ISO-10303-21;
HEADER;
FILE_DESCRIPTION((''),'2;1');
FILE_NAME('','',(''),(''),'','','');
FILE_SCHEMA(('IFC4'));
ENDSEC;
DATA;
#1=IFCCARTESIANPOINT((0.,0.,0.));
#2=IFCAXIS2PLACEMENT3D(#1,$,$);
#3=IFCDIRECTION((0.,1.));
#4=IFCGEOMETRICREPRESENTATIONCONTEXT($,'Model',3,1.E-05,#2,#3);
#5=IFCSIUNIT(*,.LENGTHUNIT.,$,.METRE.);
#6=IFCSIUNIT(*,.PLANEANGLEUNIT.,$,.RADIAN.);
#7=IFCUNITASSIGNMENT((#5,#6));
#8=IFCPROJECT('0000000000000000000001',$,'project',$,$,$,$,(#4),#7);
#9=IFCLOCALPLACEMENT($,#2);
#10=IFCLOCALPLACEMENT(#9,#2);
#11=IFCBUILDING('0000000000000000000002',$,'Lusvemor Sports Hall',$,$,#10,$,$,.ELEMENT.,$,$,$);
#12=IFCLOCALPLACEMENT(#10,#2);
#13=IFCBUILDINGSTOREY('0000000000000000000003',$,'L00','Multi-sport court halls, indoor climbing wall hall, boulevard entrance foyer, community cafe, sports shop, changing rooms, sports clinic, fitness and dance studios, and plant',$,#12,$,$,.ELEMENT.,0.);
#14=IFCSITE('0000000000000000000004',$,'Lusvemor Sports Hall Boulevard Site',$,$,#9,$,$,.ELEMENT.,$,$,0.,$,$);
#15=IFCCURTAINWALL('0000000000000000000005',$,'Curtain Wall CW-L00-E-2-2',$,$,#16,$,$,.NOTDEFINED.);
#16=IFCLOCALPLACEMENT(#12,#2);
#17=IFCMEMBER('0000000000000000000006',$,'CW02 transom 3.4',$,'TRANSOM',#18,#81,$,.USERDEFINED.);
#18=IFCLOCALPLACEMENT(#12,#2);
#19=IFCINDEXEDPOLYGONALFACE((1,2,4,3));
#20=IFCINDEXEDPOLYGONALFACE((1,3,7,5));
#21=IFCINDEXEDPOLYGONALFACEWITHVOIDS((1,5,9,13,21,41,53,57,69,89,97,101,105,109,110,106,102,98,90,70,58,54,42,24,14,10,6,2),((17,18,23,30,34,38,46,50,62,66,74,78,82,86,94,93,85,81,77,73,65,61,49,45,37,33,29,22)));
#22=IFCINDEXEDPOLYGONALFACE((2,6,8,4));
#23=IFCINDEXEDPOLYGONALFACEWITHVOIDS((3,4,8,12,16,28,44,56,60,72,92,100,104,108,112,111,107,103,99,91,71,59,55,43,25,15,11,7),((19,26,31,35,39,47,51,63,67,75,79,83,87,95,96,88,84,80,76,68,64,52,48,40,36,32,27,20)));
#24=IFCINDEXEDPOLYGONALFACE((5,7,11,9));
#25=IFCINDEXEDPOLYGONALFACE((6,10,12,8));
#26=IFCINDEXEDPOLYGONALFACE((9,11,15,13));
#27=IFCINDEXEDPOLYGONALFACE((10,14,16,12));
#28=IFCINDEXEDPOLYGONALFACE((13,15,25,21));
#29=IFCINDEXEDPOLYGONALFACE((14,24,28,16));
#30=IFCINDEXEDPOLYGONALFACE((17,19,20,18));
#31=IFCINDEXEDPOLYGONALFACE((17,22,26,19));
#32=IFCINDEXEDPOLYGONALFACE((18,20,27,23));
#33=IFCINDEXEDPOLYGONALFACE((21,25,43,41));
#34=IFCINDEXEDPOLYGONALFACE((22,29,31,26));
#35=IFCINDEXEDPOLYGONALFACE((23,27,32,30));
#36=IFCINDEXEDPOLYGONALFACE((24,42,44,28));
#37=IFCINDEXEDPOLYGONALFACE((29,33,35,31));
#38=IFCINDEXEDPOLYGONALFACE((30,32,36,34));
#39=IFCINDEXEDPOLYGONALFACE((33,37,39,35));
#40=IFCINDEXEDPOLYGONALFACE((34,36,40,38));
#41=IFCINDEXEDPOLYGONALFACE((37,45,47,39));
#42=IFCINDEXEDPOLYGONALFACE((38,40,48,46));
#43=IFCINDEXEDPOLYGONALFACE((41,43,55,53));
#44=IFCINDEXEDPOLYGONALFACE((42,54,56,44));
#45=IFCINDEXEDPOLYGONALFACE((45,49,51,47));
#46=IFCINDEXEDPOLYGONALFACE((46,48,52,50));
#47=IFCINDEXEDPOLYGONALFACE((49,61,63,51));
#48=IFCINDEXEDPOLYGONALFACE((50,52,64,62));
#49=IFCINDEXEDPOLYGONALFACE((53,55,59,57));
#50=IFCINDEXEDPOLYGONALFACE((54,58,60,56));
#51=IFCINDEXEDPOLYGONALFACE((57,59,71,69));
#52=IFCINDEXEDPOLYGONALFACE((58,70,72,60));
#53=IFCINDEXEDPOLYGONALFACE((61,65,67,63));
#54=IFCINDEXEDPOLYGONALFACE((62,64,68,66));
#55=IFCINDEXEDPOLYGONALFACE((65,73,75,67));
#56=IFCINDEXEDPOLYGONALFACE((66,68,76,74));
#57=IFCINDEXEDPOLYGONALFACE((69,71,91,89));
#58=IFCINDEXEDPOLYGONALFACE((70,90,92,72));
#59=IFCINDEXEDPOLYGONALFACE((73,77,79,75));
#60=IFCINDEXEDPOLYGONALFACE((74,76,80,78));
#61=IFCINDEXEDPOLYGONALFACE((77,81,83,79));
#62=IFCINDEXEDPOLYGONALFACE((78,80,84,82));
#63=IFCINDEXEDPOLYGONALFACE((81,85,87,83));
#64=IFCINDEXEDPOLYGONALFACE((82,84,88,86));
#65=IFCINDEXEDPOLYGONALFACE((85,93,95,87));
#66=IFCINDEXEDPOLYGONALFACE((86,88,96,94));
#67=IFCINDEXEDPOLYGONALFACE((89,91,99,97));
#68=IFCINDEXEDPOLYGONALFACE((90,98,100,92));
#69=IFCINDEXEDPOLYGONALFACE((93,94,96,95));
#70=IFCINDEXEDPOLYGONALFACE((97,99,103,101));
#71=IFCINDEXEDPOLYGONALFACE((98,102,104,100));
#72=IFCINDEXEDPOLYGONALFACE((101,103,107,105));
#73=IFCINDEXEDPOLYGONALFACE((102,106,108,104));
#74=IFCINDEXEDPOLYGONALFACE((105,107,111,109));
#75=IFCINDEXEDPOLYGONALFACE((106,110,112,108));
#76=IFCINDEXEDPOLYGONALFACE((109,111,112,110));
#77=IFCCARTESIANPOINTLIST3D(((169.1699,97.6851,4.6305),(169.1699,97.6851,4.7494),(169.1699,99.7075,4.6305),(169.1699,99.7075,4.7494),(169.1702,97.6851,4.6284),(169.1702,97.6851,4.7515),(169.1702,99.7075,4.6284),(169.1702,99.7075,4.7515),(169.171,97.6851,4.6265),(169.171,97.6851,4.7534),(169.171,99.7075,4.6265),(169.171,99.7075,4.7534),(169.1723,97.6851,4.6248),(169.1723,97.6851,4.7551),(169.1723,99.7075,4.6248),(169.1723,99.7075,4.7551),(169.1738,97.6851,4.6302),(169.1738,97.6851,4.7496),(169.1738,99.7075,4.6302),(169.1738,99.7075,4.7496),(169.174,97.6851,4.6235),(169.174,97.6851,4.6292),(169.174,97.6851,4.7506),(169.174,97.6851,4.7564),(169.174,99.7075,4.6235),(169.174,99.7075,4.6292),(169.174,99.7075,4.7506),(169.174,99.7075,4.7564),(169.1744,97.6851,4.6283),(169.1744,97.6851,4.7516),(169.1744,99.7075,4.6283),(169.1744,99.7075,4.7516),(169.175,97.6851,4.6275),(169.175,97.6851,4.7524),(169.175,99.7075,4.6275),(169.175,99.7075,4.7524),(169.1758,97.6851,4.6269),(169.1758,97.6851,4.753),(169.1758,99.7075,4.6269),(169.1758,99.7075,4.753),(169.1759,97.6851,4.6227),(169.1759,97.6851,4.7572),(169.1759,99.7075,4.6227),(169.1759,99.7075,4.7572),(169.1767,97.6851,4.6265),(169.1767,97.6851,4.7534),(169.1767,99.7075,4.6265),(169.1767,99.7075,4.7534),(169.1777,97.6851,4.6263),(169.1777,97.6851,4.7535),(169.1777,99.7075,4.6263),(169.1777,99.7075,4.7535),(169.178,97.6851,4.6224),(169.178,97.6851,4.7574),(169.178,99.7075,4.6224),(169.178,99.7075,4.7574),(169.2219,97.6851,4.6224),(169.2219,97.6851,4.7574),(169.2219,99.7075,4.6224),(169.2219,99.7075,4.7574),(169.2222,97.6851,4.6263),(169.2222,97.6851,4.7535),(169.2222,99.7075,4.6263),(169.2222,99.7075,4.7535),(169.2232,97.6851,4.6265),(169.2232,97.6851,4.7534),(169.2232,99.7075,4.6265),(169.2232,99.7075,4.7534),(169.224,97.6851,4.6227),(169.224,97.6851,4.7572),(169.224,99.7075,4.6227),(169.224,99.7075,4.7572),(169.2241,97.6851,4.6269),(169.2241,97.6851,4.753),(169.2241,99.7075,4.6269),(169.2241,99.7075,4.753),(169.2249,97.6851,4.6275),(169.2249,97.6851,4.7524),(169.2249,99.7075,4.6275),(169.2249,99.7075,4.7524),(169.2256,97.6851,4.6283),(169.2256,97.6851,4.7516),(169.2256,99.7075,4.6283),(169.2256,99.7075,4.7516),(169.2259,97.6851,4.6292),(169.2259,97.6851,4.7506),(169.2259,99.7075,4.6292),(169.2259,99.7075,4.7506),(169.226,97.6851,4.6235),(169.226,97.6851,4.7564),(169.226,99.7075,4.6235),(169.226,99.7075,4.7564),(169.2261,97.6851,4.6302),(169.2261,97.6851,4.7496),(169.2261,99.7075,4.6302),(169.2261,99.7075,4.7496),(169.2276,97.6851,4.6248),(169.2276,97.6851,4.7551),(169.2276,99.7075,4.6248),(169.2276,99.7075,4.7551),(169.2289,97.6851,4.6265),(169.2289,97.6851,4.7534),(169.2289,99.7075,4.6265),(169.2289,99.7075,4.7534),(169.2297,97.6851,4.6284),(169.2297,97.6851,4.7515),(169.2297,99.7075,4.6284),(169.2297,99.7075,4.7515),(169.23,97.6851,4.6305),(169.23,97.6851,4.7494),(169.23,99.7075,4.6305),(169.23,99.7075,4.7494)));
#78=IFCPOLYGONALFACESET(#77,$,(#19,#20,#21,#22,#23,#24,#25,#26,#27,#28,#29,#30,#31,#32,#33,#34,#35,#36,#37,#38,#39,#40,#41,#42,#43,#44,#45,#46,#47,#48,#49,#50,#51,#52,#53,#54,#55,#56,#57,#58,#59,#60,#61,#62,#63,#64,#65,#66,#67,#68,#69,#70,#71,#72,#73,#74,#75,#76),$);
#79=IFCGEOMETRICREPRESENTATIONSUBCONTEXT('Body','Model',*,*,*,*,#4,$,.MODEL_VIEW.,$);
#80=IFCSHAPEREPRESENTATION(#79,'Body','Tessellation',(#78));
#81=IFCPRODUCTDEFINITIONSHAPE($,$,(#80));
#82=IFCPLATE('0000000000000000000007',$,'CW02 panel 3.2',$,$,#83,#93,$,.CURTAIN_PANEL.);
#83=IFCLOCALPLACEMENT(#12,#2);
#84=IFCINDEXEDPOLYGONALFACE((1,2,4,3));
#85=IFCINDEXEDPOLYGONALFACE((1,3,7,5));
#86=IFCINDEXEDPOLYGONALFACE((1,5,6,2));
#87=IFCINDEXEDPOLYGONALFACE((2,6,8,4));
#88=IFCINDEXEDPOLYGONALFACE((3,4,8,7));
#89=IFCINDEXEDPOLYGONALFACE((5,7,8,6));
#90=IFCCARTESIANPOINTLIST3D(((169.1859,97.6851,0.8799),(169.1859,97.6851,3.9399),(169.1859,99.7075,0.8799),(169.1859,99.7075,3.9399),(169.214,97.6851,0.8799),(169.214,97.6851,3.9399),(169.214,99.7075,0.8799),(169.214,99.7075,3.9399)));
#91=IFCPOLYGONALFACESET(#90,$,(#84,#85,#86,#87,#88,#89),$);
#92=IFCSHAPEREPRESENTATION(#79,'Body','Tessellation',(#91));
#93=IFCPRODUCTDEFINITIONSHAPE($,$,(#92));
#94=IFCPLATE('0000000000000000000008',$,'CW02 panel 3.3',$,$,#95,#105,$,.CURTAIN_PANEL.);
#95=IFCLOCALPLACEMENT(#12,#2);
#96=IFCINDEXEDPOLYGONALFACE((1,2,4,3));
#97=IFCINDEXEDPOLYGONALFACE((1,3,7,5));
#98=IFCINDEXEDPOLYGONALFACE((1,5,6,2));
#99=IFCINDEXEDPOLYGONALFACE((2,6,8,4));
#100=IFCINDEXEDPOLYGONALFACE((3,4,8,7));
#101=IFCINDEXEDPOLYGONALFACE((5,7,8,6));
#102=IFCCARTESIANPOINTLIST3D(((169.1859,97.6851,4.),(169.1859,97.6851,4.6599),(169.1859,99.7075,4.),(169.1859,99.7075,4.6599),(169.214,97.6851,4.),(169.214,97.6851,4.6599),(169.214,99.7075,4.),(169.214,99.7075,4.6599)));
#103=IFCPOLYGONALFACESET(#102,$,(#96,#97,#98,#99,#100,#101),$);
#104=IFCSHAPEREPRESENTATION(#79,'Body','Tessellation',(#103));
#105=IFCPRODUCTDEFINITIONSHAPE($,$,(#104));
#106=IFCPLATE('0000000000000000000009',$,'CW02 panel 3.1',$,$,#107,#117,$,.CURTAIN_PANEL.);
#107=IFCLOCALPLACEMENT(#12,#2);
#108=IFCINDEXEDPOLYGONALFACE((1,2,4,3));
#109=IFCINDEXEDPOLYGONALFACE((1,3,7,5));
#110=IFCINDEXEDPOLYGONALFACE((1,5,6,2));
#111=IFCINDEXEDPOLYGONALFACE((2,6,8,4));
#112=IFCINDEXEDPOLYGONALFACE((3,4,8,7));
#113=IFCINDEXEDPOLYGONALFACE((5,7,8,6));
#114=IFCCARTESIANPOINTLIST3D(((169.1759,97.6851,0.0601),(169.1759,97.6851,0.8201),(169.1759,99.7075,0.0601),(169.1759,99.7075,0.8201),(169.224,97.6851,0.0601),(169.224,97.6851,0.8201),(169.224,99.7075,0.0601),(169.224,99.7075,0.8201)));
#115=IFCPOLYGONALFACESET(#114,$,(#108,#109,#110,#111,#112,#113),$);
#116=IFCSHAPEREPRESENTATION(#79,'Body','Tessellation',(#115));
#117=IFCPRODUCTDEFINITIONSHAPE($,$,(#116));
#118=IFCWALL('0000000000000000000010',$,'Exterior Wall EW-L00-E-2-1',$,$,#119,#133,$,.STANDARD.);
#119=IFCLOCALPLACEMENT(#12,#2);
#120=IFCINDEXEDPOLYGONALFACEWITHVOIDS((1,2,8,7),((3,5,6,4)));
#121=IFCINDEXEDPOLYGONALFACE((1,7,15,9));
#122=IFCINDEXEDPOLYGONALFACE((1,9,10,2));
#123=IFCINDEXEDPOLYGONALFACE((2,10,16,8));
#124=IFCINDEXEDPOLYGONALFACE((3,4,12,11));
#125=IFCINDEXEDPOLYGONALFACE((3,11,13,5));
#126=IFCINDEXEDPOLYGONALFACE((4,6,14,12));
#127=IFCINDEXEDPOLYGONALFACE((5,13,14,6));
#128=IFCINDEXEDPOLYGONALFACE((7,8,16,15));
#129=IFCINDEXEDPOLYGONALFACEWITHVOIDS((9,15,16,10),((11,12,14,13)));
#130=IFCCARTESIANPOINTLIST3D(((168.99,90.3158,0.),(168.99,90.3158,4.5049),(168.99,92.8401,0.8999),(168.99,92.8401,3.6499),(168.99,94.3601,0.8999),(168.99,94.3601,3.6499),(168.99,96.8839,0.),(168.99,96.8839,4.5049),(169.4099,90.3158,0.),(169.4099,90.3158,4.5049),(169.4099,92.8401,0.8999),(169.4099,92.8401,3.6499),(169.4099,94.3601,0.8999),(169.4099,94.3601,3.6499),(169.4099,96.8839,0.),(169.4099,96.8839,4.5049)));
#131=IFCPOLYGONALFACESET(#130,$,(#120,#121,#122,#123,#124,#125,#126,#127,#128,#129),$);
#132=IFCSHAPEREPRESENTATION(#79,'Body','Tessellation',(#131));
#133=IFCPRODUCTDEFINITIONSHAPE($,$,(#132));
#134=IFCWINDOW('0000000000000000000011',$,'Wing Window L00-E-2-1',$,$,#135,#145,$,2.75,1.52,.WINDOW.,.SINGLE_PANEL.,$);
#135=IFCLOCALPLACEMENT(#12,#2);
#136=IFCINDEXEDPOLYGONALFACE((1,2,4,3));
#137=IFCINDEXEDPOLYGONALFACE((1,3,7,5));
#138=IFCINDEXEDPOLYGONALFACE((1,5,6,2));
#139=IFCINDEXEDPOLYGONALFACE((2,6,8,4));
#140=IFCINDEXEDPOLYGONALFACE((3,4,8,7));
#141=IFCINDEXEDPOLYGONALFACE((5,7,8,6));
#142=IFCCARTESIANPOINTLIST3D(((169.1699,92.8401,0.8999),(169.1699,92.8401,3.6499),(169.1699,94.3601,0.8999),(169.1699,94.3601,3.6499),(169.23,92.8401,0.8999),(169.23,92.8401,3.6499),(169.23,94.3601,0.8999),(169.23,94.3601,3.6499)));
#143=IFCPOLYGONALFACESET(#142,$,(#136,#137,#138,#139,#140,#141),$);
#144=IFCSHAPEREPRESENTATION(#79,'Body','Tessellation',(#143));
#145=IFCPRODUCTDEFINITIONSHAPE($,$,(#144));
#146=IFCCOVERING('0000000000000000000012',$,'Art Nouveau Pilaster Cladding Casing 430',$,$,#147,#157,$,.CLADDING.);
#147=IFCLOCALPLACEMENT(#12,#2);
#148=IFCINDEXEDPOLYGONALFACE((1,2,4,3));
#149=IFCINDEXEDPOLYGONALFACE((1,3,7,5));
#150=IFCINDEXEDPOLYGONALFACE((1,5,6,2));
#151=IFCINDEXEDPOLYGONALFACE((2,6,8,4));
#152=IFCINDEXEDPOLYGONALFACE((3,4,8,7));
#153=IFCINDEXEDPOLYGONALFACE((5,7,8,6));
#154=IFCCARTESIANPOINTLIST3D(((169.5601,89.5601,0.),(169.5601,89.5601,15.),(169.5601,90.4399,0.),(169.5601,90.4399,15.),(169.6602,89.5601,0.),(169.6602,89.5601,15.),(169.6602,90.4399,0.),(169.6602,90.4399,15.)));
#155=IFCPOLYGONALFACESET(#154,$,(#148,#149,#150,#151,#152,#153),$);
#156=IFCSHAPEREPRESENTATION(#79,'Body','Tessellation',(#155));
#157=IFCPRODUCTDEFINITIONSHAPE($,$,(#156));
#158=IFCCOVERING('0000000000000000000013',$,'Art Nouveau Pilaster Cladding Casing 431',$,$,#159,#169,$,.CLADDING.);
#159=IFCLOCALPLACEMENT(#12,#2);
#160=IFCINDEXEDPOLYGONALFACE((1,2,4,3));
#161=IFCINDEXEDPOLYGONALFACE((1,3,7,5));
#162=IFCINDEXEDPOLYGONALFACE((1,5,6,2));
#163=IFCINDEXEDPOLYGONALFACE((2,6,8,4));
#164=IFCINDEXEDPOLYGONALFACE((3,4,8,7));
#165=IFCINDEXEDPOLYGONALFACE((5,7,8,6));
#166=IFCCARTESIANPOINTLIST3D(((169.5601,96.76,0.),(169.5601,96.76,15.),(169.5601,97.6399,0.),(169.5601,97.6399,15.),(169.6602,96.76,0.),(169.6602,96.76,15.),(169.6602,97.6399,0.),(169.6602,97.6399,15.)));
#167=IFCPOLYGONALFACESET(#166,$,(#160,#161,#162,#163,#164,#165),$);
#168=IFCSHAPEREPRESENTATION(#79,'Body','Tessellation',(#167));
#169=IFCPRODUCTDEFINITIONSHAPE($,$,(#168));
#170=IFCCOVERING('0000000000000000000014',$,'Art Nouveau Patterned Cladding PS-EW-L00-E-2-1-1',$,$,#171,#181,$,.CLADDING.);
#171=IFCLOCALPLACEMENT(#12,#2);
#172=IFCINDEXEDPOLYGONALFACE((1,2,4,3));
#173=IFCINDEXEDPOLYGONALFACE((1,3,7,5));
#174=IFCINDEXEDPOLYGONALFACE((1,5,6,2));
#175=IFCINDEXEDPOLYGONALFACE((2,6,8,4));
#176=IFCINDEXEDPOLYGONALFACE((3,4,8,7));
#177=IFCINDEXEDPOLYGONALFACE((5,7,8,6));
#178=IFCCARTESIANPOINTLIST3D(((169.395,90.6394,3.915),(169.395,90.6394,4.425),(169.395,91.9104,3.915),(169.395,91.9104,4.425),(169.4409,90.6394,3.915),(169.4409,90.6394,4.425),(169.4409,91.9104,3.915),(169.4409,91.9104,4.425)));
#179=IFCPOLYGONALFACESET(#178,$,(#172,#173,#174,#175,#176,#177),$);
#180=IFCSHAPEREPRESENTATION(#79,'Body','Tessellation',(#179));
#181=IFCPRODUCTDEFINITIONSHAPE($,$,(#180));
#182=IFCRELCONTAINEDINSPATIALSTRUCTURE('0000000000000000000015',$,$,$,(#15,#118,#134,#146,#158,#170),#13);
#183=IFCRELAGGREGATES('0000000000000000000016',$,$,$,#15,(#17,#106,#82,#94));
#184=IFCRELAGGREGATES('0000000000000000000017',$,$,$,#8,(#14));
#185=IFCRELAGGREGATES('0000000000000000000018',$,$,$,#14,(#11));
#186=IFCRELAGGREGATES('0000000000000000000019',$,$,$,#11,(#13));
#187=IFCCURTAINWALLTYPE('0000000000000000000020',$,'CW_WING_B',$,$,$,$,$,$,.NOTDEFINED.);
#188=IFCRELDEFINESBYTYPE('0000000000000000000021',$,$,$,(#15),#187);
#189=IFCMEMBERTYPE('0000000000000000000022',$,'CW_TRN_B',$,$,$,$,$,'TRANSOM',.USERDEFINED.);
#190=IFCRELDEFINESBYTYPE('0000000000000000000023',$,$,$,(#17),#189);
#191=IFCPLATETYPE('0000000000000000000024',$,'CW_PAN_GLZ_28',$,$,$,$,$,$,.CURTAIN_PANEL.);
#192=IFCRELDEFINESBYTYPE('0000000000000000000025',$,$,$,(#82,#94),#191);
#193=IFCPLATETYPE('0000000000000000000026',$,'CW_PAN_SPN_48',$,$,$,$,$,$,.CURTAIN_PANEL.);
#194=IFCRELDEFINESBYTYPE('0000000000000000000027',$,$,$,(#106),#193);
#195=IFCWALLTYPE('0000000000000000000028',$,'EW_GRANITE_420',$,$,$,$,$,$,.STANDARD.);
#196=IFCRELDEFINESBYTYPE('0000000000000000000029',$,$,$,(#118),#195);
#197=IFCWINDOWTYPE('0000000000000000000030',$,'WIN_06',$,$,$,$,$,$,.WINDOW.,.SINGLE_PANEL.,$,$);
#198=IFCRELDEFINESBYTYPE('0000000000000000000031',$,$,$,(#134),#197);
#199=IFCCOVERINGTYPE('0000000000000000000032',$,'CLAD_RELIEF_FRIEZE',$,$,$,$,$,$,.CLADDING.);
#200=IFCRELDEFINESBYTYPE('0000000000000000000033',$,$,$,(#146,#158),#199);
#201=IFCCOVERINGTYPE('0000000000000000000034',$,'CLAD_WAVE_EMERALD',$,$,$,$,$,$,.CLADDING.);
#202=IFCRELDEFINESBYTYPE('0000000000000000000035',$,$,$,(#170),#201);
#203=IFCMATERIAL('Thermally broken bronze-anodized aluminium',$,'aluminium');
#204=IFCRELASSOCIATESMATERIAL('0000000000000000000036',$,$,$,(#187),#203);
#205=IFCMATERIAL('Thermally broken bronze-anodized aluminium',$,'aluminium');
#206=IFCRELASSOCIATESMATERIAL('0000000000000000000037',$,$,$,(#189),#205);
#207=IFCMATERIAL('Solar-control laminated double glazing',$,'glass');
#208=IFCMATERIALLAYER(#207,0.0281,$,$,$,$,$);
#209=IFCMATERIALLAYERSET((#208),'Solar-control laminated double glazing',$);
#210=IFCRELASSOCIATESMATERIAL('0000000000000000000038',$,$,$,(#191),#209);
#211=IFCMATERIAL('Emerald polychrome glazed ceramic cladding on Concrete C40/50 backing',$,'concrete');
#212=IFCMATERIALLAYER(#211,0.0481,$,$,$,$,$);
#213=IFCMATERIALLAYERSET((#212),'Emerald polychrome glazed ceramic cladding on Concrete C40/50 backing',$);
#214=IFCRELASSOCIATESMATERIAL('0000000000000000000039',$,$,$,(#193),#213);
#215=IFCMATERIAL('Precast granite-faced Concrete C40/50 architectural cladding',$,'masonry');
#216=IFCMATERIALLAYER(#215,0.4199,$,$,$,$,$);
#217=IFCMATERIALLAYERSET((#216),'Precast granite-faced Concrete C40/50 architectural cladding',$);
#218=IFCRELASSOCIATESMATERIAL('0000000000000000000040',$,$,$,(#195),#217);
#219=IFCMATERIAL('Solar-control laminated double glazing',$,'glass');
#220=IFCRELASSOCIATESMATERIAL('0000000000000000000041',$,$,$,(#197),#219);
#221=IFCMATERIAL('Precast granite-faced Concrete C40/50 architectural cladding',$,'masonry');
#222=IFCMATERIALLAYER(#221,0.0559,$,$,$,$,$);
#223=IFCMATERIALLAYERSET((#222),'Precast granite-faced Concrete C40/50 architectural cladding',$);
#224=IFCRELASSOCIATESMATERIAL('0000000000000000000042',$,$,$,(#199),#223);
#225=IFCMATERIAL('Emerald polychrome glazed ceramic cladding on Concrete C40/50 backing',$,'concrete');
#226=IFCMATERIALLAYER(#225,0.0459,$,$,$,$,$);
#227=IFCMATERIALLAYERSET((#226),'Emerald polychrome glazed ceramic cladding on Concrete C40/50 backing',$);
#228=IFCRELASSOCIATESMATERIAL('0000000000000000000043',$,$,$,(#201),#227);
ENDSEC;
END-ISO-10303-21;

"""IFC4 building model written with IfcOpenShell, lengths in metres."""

from ifc_helpers import new_model, si_unit, direction, frame, frame_2d, origin, origin_2d, place, context, subcontext, project, spatial, rectangle, hollow_rectangle, extrude, material, layer, layer_set, material_profile, profile_set, type_object, element, fill, aggregate, save


model = new_model("IFC4")

# Units and contexts
model_context = context("Model", 3, precision=1e-05, world=origin(), true_north=direction((0.0, 1.0)))
body_context = subcontext(model_context, "Body", "Model", "MODEL_VIEW")
ifc_project = project(units=[si_unit("LENGTHUNIT", "METRE"), si_unit("PLANEANGLEUNIT", "RADIAN")], contexts=[model_context])

# Site, building, storey
site_placement = place(None, origin())
site = spatial("IfcSite", under=ifc_project, at=site_placement, Name="Lusvemor Sports Hall Boulevard Site", CompositionType="ELEMENT", RefElevation=0.0)
building_placement = place(site_placement, origin())
building = spatial("IfcBuilding", under=site, at=building_placement, Name="Lusvemor Sports Hall", CompositionType="ELEMENT")
storey_placement = place(building_placement, origin())
storey = spatial("IfcBuildingStorey", under=building, at=storey_placement, Name="L00", Description="Multi-sport court halls, indoor climbing wall hall, boulevard entrance foyer, community cafe, sports shop, changing rooms, sports clinic, fitness and dance studios, and plant", CompositionType="ELEMENT", Elevation=0.0)

# Shared definitions
ifc_material_1 = material(Name="Thermally broken bronze-anodized aluminium", Category="aluminium")
curtain_wall_type = type_object("IfcCurtainWallType", Name="CW_WING_B", PredefinedType="NOTDEFINED", material=ifc_material_1)

# Curtain wall, member, plates
curtain_wall_1_placement = place(storey_placement, origin())
curtain_wall_1 = element("IfcCurtainWall", 1, at=curtain_wall_1_placement, inside=storey, type_object=curtain_wall_type, Name="Curtain Wall CW-L00-E-2-2", PredefinedType="NOTDEFINED")
ifc_material_2 = material(Name="Thermally broken bronze-anodized aluminium", Category="aluminium")
ifc_material_profile_1 = material_profile(ifc_material_2, hollow_rectangle(XDim=0.0601, YDim=0.135, WallThickness=0.0039, InnerFilletRadius=0.0039, OuterFilletRadius=0.0081, at=origin_2d()), Name="CWTRN135x60x4")
ifc_profile_set_1 = profile_set([ifc_material_profile_1], Name="Thermally broken bronze-anodized aluminium")
member_type_1 = type_object("IfcMemberType", Name="CW_TRN_B", ElementType="TRANSOM", PredefinedType="USERDEFINED", material=ifc_profile_set_1)
member_1_placement = place(storey_placement, frame((169.2, 99.7075, 4.6899), z_axis=(0.0, -1.0, 0.0), x_axis=(1.0, 0.0, 0.0)))
member_1 = element("IfcMember", 2, at=member_1_placement, type_object=member_type_1, Name="CW02 transom 3.4", ObjectType="TRANSOM", PredefinedType="USERDEFINED", context=body_context, shape_type="SweptSolid", body=[
    extrude(hollow_rectangle(XDim=0.0601, YDim=0.135, WallThickness=0.0039, InnerFilletRadius=0.0039, OuterFilletRadius=0.0081, at=origin_2d()), origin(), (0.0, 0.0, 1.0), 2.0225),
])
ifc_material_3 = material(Name="Solar-control laminated double glazing", Category="glass")
ifc_layer_1 = layer(ifc_material_3, 0.0281)
ifc_layer_set_1 = layer_set([ifc_layer_1], Name="Solar-control laminated double glazing")
plate_type_1 = type_object("IfcPlateType", Name="CW_PAN_GLZ_28", PredefinedType="CURTAIN_PANEL", material=ifc_layer_set_1)
plate_1_placement = place(storey_placement, frame((169.2, 98.6963, 0.8799), z_axis=(0.0, 0.0, 1.0), x_axis=(0.0, -1.0, 0.0)))
plate_1 = element("IfcPlate", 3, at=plate_1_placement, type_object=plate_type_1, Name="CW02 panel 3.2", PredefinedType="CURTAIN_PANEL", context=body_context, shape_type="SweptSolid", body=[
    extrude(rectangle(XDim=2.0225, YDim=0.0281, at=origin_2d()), origin(), (0.0, 0.0, 1.0), 3.0601),
])
plate_2_placement = place(storey_placement, frame((169.2, 98.6963, 4.0), z_axis=(0.0, 0.0, 1.0), x_axis=(0.0, -1.0, 0.0)))
plate_2 = element("IfcPlate", 4, at=plate_2_placement, type_object=plate_type_1, Name="CW02 panel 3.3", PredefinedType="CURTAIN_PANEL", context=body_context, shape_type="SweptSolid", body=[
    extrude(rectangle(XDim=2.0225, YDim=0.0281, at=origin_2d()), origin(), (0.0, 0.0, 1.0), 0.6599),
])
ifc_material_4 = material(Name="Emerald polychrome glazed ceramic cladding on Concrete C40/50 backing", Category="concrete")
ifc_layer_2 = layer(ifc_material_4, 0.0481)
ifc_layer_set_2 = layer_set([ifc_layer_2], Name="Emerald polychrome glazed ceramic cladding on Concrete C40/50 backing")
plate_type_2 = type_object("IfcPlateType", Name="CW_PAN_SPN_48", PredefinedType="CURTAIN_PANEL", material=ifc_layer_set_2)
plate_3_placement = place(storey_placement, frame((169.2, 98.6963, 0.0601), z_axis=(0.0, 0.0, 1.0), x_axis=(0.0, -1.0, 0.0)))
plate_3 = element("IfcPlate", 5, at=plate_3_placement, type_object=plate_type_2, Name="CW02 panel 3.1", PredefinedType="CURTAIN_PANEL", context=body_context, shape_type="SweptSolid", body=[
    extrude(rectangle(XDim=2.0225, YDim=0.0481, at=origin_2d()), origin(), (0.0, 0.0, 1.0), 0.76),
])
aggregate(curtain_wall_1, [member_1, plate_3, plate_1, plate_2])

# Wall, opening, window
ifc_material_5 = material(Name="Precast granite-faced Concrete C40/50 architectural cladding", Category="masonry")
ifc_layer_3 = layer(ifc_material_5, 0.4199)
ifc_layer_set_3 = layer_set([ifc_layer_3], Name="Precast granite-faced Concrete C40/50 architectural cladding")
wall_type = type_object("IfcWallType", Name="EW_GRANITE_420", PredefinedType="STANDARD", material=ifc_layer_set_3)
wall_placement = place(storey_placement, frame((169.2, 96.884, 0.0), z_axis=(0.0, 0.0, 1.0), x_axis=(0.0, -1.0, 0.0)))
wall = element("IfcWall", 6, at=wall_placement, inside=storey, type_object=wall_type, Name="Exterior Wall EW-L00-E-2-1", PredefinedType="STANDARD", context=body_context, shape_type="SweptSolid", body=[
    extrude(rectangle(XDim=6.5681, YDim=0.4199, at=frame_2d((3.2842, 0.0))), origin(), (0.0, 0.0, 1.0), 4.5049),
])
opening_placement = place(wall_placement, frame((2.5239, 0.0, 0.8999)))
opening = element("IfcOpeningElement", 7, at=opening_placement, cuts=wall, PredefinedType="OPENING", context=body_context, shape_type="SweptSolid", body=[
    extrude(rectangle(XDim=1.52, YDim=2.75, at=frame_2d((0.76, 1.375))), frame((0.0, 0.21, 0.0), z_axis=(0.0, -1.0, 0.0), x_axis=(1.0, 0.0, 0.0)), (0.0, 0.0, 1.0), 0.4199),
])
ifc_material_6 = material(Name="Solar-control laminated double glazing", Category="glass")
window_type = type_object("IfcWindowType", Name="WIN_06", PartitioningType="SINGLE_PANEL", PredefinedType="WINDOW", material=ifc_material_6)
window_placement = place(opening_placement, origin())
window = element("IfcWindow", 8, at=window_placement, inside=storey, type_object=window_type, Name="Wing Window L00-E-2-1", OverallHeight=2.75, OverallWidth=1.52, PartitioningType="SINGLE_PANEL", PredefinedType="WINDOW", context=body_context, shape_type="SweptSolid", body=[
    extrude(rectangle(XDim=1.52, YDim=2.75, at=frame_2d((0.76, 1.375))), frame((0.0, 0.03, 0.0), z_axis=(0.0, -1.0, 0.0), x_axis=(1.0, 0.0, 0.0)), (0.0, 0.0, 1.0), 0.0601),
])
fill(opening, window)

# Coverings
ifc_material_7 = material(Name="Precast granite-faced Concrete C40/50 architectural cladding", Category="masonry")
ifc_layer_4 = layer(ifc_material_7, 0.0559)
ifc_layer_set_4 = layer_set([ifc_layer_4], Name="Precast granite-faced Concrete C40/50 architectural cladding")
covering_type_1 = type_object("IfcCoveringType", Name="CLAD_RELIEF_FRIEZE", PredefinedType="CLADDING", material=ifc_layer_set_4)
for number, where, z_axis, x_axis, name in (
    (9, (169.6101, 90.0, 0.0), (0.0, 0.0, 1.0), (1.0, 0.0, 0.0), "Art Nouveau Pilaster Cladding Casing 430"),
    (10, (169.6101, 97.2, 0.0), (0.0, 0.0, 1.0), (1.0, 0.0, 0.0), "Art Nouveau Pilaster Cladding Casing 431"),
):
    element("IfcCovering", number, at=place(storey_placement, frame(where, z_axis=z_axis, x_axis=x_axis)), inside=storey, type_object=covering_type_1, Name=name, PredefinedType="CLADDING", context=body_context, shape_type="SweptSolid", body=[
        extrude(rectangle(XDim=0.1001, YDim=0.8799, at=origin_2d()), origin(), (0.0, 0.0, 1.0), 15.0),
    ])
ifc_material_8 = material(Name="Emerald polychrome glazed ceramic cladding on Concrete C40/50 backing", Category="concrete")
ifc_layer_5 = layer(ifc_material_8, 0.0459)
ifc_layer_set_5 = layer_set([ifc_layer_5], Name="Emerald polychrome glazed ceramic cladding on Concrete C40/50 backing")
covering_type_2 = type_object("IfcCoveringType", Name="CLAD_WAVE_EMERALD", PredefinedType="CLADDING", material=ifc_layer_set_5)
for number, where, z_axis, x_axis, name in (
    (11, (169.418, 91.2749, 3.915), (0.0, 0.0, 1.0), (1.0, 0.0, 0.0), "Art Nouveau Patterned Cladding PS-EW-L00-E-2-1-1"),
):
    element("IfcCovering", number, at=place(storey_placement, frame(where, z_axis=z_axis, x_axis=x_axis)), inside=storey, type_object=covering_type_2, Name=name, PredefinedType="CLADDING", context=body_context, shape_type="SweptSolid", body=[
        extrude(rectangle(XDim=0.0459, YDim=1.271, at=origin_2d()), origin(), (0.0, 0.0, 1.0), 0.51),
    ])

save(model, "model.ifc")
